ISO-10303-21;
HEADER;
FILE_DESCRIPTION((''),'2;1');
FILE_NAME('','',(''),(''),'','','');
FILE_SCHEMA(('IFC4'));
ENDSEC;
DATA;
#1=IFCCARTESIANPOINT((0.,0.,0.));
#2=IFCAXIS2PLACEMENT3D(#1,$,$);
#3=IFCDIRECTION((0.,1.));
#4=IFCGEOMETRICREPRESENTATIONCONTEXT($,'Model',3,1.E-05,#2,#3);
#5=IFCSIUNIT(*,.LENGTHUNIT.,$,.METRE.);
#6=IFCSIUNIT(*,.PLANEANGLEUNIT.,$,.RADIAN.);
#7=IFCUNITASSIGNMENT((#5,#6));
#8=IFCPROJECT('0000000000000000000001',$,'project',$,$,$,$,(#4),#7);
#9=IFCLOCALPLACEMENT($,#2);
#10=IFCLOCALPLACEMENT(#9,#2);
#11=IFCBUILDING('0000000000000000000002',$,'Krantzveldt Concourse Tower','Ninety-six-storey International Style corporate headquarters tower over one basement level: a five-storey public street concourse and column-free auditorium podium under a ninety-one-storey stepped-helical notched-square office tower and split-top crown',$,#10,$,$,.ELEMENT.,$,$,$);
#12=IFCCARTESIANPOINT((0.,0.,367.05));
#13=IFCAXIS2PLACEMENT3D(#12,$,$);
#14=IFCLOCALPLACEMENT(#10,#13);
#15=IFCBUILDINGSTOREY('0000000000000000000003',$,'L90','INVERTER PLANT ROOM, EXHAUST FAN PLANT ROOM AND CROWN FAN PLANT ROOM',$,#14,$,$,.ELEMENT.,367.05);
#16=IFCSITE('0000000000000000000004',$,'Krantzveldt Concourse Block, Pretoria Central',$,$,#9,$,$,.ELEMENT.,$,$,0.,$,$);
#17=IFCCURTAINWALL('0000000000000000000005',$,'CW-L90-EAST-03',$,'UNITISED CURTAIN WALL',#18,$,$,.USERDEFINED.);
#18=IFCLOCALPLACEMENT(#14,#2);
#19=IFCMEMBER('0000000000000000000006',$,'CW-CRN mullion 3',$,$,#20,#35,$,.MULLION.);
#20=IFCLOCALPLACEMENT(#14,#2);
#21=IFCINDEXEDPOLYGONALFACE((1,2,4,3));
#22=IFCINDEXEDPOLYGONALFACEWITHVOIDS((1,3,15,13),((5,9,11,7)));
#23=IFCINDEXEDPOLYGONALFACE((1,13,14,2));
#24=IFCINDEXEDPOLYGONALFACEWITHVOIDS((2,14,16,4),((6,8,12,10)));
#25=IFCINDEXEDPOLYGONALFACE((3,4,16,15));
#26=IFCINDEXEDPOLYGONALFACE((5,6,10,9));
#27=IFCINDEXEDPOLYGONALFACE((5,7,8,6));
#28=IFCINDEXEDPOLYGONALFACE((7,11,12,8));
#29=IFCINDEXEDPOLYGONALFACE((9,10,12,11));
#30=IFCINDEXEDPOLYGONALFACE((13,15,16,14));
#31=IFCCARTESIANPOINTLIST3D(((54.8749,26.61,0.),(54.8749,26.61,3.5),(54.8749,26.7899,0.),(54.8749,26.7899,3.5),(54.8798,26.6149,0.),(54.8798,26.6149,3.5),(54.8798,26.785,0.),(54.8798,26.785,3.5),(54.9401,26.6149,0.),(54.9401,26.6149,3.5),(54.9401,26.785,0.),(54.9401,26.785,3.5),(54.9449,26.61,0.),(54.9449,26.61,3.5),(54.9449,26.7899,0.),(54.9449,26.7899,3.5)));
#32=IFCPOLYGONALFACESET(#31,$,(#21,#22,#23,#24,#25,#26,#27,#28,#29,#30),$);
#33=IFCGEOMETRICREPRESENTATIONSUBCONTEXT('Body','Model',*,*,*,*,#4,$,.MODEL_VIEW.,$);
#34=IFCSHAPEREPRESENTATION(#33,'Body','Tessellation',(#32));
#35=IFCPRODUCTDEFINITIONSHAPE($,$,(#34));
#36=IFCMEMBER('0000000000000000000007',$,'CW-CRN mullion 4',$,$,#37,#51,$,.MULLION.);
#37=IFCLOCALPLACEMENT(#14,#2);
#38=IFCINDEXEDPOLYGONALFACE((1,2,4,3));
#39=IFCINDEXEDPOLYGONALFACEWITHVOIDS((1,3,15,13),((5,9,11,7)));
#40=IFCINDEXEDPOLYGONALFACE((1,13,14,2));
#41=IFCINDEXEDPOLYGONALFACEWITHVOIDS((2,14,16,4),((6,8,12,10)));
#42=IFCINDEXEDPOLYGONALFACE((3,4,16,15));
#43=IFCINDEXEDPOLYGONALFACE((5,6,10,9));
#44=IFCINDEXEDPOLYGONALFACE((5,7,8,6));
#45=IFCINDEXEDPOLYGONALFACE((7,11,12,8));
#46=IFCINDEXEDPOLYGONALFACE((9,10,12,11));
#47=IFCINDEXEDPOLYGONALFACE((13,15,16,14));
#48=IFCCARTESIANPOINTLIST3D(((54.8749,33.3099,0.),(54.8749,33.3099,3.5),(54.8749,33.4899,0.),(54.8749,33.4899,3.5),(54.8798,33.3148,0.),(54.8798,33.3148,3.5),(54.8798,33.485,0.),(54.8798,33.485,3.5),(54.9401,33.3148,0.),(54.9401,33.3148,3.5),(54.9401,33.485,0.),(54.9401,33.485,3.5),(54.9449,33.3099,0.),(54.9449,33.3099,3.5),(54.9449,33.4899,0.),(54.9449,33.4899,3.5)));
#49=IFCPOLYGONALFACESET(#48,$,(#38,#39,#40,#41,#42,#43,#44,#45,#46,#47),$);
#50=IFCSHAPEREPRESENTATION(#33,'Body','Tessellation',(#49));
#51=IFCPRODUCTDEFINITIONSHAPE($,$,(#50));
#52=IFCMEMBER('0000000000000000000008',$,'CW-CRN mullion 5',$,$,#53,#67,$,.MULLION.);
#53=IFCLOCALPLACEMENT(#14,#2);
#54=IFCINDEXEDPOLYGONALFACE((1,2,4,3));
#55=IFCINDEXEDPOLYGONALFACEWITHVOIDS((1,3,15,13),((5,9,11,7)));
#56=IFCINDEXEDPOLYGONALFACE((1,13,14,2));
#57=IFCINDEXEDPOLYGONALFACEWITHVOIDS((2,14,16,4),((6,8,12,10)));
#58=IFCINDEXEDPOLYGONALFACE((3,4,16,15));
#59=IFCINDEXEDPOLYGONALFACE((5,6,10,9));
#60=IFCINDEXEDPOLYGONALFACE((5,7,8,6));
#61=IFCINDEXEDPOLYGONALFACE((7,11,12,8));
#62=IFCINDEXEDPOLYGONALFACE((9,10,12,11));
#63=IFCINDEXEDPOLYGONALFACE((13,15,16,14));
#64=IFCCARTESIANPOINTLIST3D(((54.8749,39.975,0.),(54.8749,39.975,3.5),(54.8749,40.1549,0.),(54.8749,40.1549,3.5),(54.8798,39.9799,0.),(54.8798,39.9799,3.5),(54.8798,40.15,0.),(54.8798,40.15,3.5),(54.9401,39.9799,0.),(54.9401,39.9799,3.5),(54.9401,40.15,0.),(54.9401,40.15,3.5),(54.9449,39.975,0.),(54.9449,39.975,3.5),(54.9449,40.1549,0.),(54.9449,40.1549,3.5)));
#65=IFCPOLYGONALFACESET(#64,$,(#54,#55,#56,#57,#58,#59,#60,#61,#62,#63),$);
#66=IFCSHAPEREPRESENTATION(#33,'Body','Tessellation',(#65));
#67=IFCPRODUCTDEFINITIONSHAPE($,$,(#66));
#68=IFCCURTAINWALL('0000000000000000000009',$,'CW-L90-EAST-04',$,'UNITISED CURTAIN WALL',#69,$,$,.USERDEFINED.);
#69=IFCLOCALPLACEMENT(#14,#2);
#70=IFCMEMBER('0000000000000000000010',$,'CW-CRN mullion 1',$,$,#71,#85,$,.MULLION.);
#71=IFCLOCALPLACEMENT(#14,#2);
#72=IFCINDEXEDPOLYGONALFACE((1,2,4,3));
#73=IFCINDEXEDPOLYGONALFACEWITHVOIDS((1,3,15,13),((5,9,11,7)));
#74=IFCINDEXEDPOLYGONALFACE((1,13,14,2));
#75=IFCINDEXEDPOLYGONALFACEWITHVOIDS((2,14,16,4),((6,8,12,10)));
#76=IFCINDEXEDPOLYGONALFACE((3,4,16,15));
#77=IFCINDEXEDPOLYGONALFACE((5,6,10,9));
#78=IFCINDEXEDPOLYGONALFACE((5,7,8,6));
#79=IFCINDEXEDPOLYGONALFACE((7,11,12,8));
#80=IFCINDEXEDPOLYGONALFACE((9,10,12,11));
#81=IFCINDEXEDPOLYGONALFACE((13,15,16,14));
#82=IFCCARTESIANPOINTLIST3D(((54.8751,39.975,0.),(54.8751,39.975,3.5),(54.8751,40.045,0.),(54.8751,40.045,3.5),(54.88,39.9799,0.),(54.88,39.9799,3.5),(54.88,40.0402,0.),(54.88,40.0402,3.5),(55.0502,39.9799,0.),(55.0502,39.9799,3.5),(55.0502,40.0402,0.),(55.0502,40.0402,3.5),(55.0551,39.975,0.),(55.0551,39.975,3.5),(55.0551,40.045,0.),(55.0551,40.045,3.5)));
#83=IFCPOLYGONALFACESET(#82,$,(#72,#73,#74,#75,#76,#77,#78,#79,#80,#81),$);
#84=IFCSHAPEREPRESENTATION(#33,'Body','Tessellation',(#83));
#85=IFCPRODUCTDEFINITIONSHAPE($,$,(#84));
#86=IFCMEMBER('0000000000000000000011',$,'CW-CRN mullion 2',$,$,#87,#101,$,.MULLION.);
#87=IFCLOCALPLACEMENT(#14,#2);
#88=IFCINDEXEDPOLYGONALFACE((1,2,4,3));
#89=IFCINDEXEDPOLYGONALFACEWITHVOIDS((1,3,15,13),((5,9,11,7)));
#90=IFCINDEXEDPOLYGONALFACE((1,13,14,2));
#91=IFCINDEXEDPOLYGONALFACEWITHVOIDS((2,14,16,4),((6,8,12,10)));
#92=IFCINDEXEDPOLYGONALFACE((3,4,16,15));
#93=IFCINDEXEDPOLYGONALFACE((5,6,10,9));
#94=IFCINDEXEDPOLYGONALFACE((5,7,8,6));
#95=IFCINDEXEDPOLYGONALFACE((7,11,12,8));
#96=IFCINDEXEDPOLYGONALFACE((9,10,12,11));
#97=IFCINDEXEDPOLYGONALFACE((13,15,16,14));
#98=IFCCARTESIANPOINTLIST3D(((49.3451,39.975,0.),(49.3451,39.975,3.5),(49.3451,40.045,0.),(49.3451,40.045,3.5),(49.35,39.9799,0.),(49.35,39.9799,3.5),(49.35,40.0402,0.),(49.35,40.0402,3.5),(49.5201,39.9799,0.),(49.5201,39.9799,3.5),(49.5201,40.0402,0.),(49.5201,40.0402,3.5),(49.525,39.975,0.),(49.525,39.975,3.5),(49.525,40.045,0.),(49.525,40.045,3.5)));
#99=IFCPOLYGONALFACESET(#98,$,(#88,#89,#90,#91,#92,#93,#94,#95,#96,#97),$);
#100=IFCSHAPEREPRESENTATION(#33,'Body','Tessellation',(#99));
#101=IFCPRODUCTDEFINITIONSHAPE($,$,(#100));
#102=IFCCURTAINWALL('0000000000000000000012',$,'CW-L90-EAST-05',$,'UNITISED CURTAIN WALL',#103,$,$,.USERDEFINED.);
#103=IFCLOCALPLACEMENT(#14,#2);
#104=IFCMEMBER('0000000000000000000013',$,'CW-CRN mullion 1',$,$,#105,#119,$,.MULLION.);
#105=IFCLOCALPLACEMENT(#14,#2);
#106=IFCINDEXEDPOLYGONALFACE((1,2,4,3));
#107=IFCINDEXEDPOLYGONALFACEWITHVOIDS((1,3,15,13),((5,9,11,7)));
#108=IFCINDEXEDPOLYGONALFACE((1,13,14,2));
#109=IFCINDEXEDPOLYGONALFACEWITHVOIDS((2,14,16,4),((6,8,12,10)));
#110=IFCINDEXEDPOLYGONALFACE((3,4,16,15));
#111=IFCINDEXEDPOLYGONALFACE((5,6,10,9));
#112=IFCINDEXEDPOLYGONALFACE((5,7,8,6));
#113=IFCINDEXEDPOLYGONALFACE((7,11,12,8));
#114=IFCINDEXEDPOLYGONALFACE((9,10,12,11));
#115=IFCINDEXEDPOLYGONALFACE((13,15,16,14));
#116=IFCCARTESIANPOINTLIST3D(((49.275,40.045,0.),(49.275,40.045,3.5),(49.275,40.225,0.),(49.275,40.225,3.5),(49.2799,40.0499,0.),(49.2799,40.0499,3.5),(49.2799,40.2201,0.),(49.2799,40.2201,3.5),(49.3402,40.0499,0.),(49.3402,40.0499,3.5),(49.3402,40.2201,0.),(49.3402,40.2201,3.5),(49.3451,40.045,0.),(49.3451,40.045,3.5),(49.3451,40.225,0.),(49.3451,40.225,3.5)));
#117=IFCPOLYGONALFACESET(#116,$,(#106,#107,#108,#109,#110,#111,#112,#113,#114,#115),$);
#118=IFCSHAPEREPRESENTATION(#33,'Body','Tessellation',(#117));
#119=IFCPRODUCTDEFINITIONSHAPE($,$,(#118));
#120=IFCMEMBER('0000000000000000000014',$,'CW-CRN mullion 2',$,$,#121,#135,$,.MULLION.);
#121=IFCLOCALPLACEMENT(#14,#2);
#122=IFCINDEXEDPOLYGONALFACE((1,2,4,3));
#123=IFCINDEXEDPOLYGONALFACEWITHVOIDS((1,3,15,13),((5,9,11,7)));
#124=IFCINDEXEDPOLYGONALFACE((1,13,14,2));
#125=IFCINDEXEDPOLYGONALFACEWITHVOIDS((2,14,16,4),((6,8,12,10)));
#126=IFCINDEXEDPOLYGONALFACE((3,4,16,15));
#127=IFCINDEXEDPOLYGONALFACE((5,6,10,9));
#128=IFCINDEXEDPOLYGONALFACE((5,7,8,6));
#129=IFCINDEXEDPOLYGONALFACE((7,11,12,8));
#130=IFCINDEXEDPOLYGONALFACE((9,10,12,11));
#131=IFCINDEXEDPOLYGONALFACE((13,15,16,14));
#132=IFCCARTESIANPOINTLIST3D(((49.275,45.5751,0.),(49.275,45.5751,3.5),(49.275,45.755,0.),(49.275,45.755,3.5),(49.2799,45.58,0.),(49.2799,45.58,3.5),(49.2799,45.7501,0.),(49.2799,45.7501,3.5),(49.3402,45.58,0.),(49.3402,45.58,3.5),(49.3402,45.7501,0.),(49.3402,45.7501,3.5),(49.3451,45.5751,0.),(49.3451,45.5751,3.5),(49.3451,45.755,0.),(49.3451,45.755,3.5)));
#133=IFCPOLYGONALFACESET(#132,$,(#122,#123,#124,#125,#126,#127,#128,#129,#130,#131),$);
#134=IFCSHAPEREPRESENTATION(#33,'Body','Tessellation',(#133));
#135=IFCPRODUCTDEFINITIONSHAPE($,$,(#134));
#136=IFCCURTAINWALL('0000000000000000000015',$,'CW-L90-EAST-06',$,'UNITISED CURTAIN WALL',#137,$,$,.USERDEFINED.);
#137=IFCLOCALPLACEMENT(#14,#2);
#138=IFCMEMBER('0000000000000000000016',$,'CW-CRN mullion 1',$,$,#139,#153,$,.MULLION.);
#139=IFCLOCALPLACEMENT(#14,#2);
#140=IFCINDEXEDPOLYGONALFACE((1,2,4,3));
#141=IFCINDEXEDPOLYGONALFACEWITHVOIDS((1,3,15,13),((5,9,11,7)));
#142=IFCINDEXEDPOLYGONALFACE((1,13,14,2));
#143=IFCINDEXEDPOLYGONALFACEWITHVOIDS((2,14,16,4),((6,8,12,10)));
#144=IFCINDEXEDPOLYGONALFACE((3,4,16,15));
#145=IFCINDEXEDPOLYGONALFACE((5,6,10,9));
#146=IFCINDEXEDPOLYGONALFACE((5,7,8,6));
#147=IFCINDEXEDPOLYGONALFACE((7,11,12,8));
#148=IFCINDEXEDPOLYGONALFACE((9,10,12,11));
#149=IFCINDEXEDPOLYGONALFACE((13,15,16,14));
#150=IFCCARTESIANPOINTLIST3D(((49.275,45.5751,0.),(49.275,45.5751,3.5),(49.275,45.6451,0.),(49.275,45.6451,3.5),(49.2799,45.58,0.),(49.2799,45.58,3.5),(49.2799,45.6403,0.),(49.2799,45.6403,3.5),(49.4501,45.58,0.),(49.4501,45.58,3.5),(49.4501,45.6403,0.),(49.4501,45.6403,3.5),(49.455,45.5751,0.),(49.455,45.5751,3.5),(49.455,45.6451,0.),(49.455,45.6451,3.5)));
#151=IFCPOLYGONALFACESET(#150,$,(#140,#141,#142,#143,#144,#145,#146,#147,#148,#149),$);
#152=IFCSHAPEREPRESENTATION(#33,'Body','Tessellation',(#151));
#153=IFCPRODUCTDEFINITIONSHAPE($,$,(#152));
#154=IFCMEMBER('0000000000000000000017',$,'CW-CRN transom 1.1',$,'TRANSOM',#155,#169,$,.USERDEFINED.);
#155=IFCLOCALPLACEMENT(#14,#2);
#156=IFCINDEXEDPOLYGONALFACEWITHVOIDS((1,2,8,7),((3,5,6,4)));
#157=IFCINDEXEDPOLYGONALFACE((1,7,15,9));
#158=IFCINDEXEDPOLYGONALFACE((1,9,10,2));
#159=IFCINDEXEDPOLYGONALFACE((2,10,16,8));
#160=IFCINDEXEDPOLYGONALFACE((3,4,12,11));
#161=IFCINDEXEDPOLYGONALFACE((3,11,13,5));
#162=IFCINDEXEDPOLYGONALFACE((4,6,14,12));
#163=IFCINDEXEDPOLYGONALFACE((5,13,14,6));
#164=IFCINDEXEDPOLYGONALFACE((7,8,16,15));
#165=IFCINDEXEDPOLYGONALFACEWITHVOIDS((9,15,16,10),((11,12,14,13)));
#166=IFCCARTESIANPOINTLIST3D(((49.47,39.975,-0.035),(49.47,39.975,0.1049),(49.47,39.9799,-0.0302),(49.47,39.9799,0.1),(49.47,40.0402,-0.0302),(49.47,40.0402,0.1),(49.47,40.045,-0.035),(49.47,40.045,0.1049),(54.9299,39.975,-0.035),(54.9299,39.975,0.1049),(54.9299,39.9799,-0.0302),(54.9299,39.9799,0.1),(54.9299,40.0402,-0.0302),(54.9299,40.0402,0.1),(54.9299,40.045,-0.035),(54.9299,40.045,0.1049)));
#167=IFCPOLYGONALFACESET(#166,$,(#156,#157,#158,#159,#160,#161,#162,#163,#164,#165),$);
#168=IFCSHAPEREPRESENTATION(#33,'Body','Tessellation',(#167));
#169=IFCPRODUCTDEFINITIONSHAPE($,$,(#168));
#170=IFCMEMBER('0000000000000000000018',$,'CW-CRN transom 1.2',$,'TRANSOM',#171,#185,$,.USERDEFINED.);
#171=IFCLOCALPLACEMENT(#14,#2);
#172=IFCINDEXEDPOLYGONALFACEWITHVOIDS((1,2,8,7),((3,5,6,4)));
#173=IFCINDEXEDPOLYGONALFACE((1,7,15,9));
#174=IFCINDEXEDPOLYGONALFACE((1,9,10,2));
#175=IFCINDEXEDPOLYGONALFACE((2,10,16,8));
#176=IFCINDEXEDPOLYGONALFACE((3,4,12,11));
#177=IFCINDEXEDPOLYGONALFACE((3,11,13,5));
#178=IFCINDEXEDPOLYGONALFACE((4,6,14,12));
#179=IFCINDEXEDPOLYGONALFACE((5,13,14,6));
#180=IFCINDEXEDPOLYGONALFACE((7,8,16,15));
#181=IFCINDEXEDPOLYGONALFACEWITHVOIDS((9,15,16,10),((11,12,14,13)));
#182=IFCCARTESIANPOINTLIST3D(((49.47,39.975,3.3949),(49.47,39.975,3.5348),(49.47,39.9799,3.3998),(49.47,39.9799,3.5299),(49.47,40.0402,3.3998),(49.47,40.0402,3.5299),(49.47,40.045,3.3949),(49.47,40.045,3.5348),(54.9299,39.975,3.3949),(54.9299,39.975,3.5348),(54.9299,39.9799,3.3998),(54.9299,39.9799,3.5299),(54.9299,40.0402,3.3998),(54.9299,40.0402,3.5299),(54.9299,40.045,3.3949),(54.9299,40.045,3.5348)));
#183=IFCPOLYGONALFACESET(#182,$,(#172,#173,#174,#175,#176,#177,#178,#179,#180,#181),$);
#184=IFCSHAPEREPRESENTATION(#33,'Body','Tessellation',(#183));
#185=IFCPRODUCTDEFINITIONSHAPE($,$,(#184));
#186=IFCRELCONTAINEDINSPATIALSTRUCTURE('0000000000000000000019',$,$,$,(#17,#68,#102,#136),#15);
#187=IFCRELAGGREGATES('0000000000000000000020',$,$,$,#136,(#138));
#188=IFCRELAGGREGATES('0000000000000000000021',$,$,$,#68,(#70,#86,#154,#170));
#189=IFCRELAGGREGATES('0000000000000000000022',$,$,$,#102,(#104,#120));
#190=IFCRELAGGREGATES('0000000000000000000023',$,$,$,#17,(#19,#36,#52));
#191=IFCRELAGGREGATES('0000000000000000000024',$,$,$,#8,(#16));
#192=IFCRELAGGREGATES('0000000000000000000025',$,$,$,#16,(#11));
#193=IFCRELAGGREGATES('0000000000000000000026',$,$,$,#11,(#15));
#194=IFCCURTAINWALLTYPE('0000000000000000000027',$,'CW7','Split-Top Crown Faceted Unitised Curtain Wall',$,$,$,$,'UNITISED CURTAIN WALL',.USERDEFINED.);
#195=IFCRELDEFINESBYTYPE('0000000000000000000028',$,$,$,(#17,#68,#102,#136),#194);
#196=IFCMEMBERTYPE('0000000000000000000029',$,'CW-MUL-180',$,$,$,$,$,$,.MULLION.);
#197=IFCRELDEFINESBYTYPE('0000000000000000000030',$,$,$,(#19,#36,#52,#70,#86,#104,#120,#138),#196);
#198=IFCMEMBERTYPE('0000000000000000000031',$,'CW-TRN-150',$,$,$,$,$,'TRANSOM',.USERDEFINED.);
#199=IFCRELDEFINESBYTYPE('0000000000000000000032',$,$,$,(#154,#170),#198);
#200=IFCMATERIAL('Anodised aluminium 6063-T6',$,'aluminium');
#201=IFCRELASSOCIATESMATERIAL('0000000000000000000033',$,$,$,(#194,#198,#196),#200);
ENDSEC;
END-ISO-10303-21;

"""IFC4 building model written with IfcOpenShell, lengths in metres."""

from ifc_helpers import new_model, si_unit, direction, frame, origin, origin_2d, place, context, subcontext, project, spatial, hollow_rectangle, extrude, source, transform, mapped, material, material_profile, profile_set, type_object, type_shapes, element, aggregate, save


model = new_model("IFC4")

# Units and contexts
model_context = context("Model", 3, precision=1e-05, world=origin(), true_north=direction((0.0, 1.0)))
body_context = subcontext(model_context, "Body", "Model", "MODEL_VIEW")
ifc_project = project(units=[si_unit("LENGTHUNIT", "METRE"), si_unit("PLANEANGLEUNIT", "RADIAN")], contexts=[model_context])

# Site, building, storey
site_placement = place(None, origin())
site = spatial("IfcSite", under=ifc_project, at=site_placement, Name="Krantzveldt Concourse Block, Pretoria Central", CompositionType="ELEMENT", RefElevation=0.0)
building_placement = place(site_placement, origin())
building = spatial("IfcBuilding", under=site, at=building_placement, Name="Krantzveldt Concourse Tower", Description="Ninety-six-storey International Style corporate headquarters tower over one basement level: a five-storey public street concourse and column-free auditorium podium under a ninety-one-storey stepped-helical notched-square office tower and split-top crown", CompositionType="ELEMENT")
storey_placement = place(building_placement, frame((0.0, 0.0, 367.05)))
storey = spatial("IfcBuildingStorey", under=building, at=storey_placement, Name="L90", Description="INVERTER PLANT ROOM, EXHAUST FAN PLANT ROOM AND CROWN FAN PLANT ROOM", CompositionType="ELEMENT", Elevation=367.05)

# Curtain walls, members
ifc_material_1 = material(Name="Anodised aluminium 6063-T6", Category="aluminium")
curtain_wall_type = type_object("IfcCurtainWallType", Name="CW7", Description="Split-Top Crown Faceted Unitised Curtain Wall", ElementType="UNITISED CURTAIN WALL", PredefinedType="USERDEFINED", material=ifc_material_1)
curtain_wall_1_placement = place(storey_placement, origin())
curtain_wall_1 = element("IfcCurtainWall", 1, at=curtain_wall_1_placement, inside=storey, type_object=curtain_wall_type, Name="CW-L90-EAST-03", ObjectType="UNITISED CURTAIN WALL", PredefinedType="USERDEFINED")
ifc_material_profile_1 = material_profile(ifc_material_1, hollow_rectangle(XDim=0.0701, YDim=0.1399, WallThickness=0.0049, at=origin_2d()), Name="Anodised aluminium 6063-T6", Category="aluminium")
ifc_profile_set_1 = profile_set([ifc_material_profile_1], Name="Anodised aluminium 6063-T6 - ALU-TRAN 140x70x5")
member_type_1 = type_object("IfcMemberType", Name="CW-TRN-150", ElementType="TRANSOM", PredefinedType="USERDEFINED", material=ifc_profile_set_1)
ifc_material_profile_2 = material_profile(ifc_material_1, hollow_rectangle(XDim=0.0701, YDim=0.1799, WallThickness=0.0049, at=origin_2d()), Name="Anodised aluminium 6063-T6", Category="aluminium")
ifc_profile_set_2 = profile_set([ifc_material_profile_2], Name="Anodised aluminium 6063-T6 - ALU-MULL 180x70x5")
member_type_2 = type_object("IfcMemberType", Name="CW-MUL-180", PredefinedType="MULLION", material=ifc_profile_set_2)
shared_shape_1 = source(origin(), body_context, "Body", "SweptSolid", [
    extrude(hollow_rectangle(XDim=0.0701, YDim=0.1799, WallThickness=0.0049, at=origin_2d()), origin(), (0.0, 0.0, 1.0), 3.5),
])
type_shapes(member_type_2, [shared_shape_1])
member_1_placement = place(storey_placement, frame((54.9099, 26.7, 0.0), z_axis=(0.0, 0.0, 1.0), x_axis=(-1.0, 0.0, 0.0)))
member_1 = element("IfcMember", 2, at=member_1_placement, type_object=member_type_2, Name="CW-CRN mullion 3", PredefinedType="MULLION", context=body_context, shape_type="MappedRepresentation", body=[
    mapped(shared_shape_1, transform((0.0, 0.0, 0.0), x_axis=(1.0, 0.0, 0.0), y_axis=(0.0, 1.0, 0.0), z_axis=(0.0, 0.0, 1.0), scale=1.0)),
])
member_2_placement = place(storey_placement, frame((54.9099, 33.3999, 0.0), z_axis=(0.0, 0.0, 1.0), x_axis=(-1.0, 0.0, 0.0)))
member_2 = element("IfcMember", 3, at=member_2_placement, type_object=member_type_2, Name="CW-CRN mullion 4", PredefinedType="MULLION", context=body_context, shape_type="MappedRepresentation", body=[
    mapped(shared_shape_1, transform((0.0, 0.0, 0.0), x_axis=(1.0, 0.0, 0.0), y_axis=(0.0, 1.0, 0.0), z_axis=(0.0, 0.0, 1.0), scale=1.0)),
])
member_3_placement = place(storey_placement, frame((54.9099, 40.0649, 0.0), z_axis=(0.0, 0.0, 1.0), x_axis=(-1.0, 0.0, 0.0)))
member_3 = element("IfcMember", 4, at=member_3_placement, type_object=member_type_2, Name="CW-CRN mullion 5", PredefinedType="MULLION", context=body_context, shape_type="MappedRepresentation", body=[
    mapped(shared_shape_1, transform((0.0, 0.0, 0.0), x_axis=(1.0, 0.0, 0.0), y_axis=(0.0, 1.0, 0.0), z_axis=(0.0, 0.0, 1.0), scale=1.0)),
])
curtain_wall_2_placement = place(storey_placement, origin())
curtain_wall_2 = element("IfcCurtainWall", 5, at=curtain_wall_2_placement, inside=storey, type_object=curtain_wall_type, Name="CW-L90-EAST-04", ObjectType="UNITISED CURTAIN WALL", PredefinedType="USERDEFINED")
member_4_placement = place(storey_placement, frame((54.9651, 40.01, 0.0), z_axis=(0.0, 0.0, 1.0), x_axis=(0.0, -1.0, 0.0)))
member_4 = element("IfcMember", 6, at=member_4_placement, type_object=member_type_2, Name="CW-CRN mullion 1", PredefinedType="MULLION", context=body_context, shape_type="MappedRepresentation", body=[
    mapped(shared_shape_1, transform((0.0, 0.0, 0.0), x_axis=(1.0, 0.0, 0.0), y_axis=(0.0, 1.0, 0.0), z_axis=(0.0, 0.0, 1.0), scale=1.0)),
])
member_5_placement = place(storey_placement, frame((49.4351, 40.01, 0.0), z_axis=(0.0, 0.0, 1.0), x_axis=(0.0, -1.0, 0.0)))
member_5 = element("IfcMember", 7, at=member_5_placement, type_object=member_type_2, Name="CW-CRN mullion 2", PredefinedType="MULLION", context=body_context, shape_type="MappedRepresentation", body=[
    mapped(shared_shape_1, transform((0.0, 0.0, 0.0), x_axis=(1.0, 0.0, 0.0), y_axis=(0.0, 1.0, 0.0), z_axis=(0.0, 0.0, 1.0), scale=1.0)),
])
curtain_wall_3_placement = place(storey_placement, origin())
curtain_wall_3 = element("IfcCurtainWall", 8, at=curtain_wall_3_placement, inside=storey, type_object=curtain_wall_type, Name="CW-L90-EAST-05", ObjectType="UNITISED CURTAIN WALL", PredefinedType="USERDEFINED")
member_6_placement = place(storey_placement, frame((49.3101, 40.135, 0.0), z_axis=(0.0, 0.0, 1.0), x_axis=(-1.0, 0.0, 0.0)))
member_6 = element("IfcMember", 9, at=member_6_placement, type_object=member_type_2, Name="CW-CRN mullion 1", PredefinedType="MULLION", context=body_context, shape_type="MappedRepresentation", body=[
    mapped(shared_shape_1, transform((0.0, 0.0, 0.0), x_axis=(1.0, 0.0, 0.0), y_axis=(0.0, 1.0, 0.0), z_axis=(0.0, 0.0, 1.0), scale=1.0)),
])
member_7_placement = place(storey_placement, frame((49.3101, 45.665, 0.0), z_axis=(0.0, 0.0, 1.0), x_axis=(-1.0, 0.0, 0.0)))
member_7 = element("IfcMember", 10, at=member_7_placement, type_object=member_type_2, Name="CW-CRN mullion 2", PredefinedType="MULLION", context=body_context, shape_type="MappedRepresentation", body=[
    mapped(shared_shape_1, transform((0.0, 0.0, 0.0), x_axis=(1.0, 0.0, 0.0), y_axis=(0.0, 1.0, 0.0), z_axis=(0.0, 0.0, 1.0), scale=1.0)),
])

# Curtain wall, member
curtain_wall_4_placement = place(storey_placement, origin())
curtain_wall_4 = element("IfcCurtainWall", 11, at=curtain_wall_4_placement, inside=storey, type_object=curtain_wall_type, Name="CW-L90-EAST-06", ObjectType="UNITISED CURTAIN WALL", PredefinedType="USERDEFINED")
member_8_placement = place(storey_placement, frame((49.365, 45.6101, 0.0), z_axis=(0.0, 0.0, 1.0), x_axis=(0.0, -1.0, 0.0)))
member_8 = element("IfcMember", 12, at=member_8_placement, type_object=member_type_2, Name="CW-CRN mullion 1", PredefinedType="MULLION", context=body_context, shape_type="MappedRepresentation", body=[
    mapped(shared_shape_1, transform((0.0, 0.0, 0.0), x_axis=(1.0, 0.0, 0.0), y_axis=(0.0, 1.0, 0.0), z_axis=(0.0, 0.0, 1.0), scale=1.0)),
])

# Members
shared_shape_2 = source(origin(), body_context, "Body", "SweptSolid", [
    extrude(hollow_rectangle(XDim=0.0701, YDim=0.1399, WallThickness=0.0049, at=origin_2d()), origin(), (0.0, 0.0, 1.0), 5.46),
])
member_9_placement = place(storey_placement, frame((54.9299, 40.01, 0.0349), z_axis=(-1.0, 0.0, 0.0), x_axis=(0.0, -1.0, 0.0)))
member_9 = element("IfcMember", 13, at=member_9_placement, type_object=member_type_1, Name="CW-CRN transom 1.1", ObjectType="TRANSOM", PredefinedType="USERDEFINED", context=body_context, shape_type="MappedRepresentation", body=[
    mapped(shared_shape_2, transform((0.0, 0.0, 0.0), x_axis=(1.0, 0.0, 0.0), y_axis=(0.0, 1.0, 0.0), z_axis=(0.0, 0.0, 1.0), scale=1.0)),
])
member_10_placement = place(storey_placement, frame((54.9299, 40.01, 3.4648), z_axis=(-1.0, 0.0, 0.0), x_axis=(0.0, -1.0, 0.0)))
member_10 = element("IfcMember", 14, at=member_10_placement, type_object=member_type_1, Name="CW-CRN transom 1.2", ObjectType="TRANSOM", PredefinedType="USERDEFINED", context=body_context, shape_type="MappedRepresentation", body=[
    mapped(shared_shape_2, transform((0.0, 0.0, 0.0), x_axis=(1.0, 0.0, 0.0), y_axis=(0.0, 1.0, 0.0), z_axis=(0.0, 0.0, 1.0), scale=1.0)),
])
aggregate(curtain_wall_4, [member_8])

aggregate(curtain_wall_2, [member_4, member_5, member_9, member_10])
aggregate(curtain_wall_3, [member_6, member_7])
aggregate(curtain_wall_1, [member_1, member_2, member_3])

save(model, "model.ifc")
